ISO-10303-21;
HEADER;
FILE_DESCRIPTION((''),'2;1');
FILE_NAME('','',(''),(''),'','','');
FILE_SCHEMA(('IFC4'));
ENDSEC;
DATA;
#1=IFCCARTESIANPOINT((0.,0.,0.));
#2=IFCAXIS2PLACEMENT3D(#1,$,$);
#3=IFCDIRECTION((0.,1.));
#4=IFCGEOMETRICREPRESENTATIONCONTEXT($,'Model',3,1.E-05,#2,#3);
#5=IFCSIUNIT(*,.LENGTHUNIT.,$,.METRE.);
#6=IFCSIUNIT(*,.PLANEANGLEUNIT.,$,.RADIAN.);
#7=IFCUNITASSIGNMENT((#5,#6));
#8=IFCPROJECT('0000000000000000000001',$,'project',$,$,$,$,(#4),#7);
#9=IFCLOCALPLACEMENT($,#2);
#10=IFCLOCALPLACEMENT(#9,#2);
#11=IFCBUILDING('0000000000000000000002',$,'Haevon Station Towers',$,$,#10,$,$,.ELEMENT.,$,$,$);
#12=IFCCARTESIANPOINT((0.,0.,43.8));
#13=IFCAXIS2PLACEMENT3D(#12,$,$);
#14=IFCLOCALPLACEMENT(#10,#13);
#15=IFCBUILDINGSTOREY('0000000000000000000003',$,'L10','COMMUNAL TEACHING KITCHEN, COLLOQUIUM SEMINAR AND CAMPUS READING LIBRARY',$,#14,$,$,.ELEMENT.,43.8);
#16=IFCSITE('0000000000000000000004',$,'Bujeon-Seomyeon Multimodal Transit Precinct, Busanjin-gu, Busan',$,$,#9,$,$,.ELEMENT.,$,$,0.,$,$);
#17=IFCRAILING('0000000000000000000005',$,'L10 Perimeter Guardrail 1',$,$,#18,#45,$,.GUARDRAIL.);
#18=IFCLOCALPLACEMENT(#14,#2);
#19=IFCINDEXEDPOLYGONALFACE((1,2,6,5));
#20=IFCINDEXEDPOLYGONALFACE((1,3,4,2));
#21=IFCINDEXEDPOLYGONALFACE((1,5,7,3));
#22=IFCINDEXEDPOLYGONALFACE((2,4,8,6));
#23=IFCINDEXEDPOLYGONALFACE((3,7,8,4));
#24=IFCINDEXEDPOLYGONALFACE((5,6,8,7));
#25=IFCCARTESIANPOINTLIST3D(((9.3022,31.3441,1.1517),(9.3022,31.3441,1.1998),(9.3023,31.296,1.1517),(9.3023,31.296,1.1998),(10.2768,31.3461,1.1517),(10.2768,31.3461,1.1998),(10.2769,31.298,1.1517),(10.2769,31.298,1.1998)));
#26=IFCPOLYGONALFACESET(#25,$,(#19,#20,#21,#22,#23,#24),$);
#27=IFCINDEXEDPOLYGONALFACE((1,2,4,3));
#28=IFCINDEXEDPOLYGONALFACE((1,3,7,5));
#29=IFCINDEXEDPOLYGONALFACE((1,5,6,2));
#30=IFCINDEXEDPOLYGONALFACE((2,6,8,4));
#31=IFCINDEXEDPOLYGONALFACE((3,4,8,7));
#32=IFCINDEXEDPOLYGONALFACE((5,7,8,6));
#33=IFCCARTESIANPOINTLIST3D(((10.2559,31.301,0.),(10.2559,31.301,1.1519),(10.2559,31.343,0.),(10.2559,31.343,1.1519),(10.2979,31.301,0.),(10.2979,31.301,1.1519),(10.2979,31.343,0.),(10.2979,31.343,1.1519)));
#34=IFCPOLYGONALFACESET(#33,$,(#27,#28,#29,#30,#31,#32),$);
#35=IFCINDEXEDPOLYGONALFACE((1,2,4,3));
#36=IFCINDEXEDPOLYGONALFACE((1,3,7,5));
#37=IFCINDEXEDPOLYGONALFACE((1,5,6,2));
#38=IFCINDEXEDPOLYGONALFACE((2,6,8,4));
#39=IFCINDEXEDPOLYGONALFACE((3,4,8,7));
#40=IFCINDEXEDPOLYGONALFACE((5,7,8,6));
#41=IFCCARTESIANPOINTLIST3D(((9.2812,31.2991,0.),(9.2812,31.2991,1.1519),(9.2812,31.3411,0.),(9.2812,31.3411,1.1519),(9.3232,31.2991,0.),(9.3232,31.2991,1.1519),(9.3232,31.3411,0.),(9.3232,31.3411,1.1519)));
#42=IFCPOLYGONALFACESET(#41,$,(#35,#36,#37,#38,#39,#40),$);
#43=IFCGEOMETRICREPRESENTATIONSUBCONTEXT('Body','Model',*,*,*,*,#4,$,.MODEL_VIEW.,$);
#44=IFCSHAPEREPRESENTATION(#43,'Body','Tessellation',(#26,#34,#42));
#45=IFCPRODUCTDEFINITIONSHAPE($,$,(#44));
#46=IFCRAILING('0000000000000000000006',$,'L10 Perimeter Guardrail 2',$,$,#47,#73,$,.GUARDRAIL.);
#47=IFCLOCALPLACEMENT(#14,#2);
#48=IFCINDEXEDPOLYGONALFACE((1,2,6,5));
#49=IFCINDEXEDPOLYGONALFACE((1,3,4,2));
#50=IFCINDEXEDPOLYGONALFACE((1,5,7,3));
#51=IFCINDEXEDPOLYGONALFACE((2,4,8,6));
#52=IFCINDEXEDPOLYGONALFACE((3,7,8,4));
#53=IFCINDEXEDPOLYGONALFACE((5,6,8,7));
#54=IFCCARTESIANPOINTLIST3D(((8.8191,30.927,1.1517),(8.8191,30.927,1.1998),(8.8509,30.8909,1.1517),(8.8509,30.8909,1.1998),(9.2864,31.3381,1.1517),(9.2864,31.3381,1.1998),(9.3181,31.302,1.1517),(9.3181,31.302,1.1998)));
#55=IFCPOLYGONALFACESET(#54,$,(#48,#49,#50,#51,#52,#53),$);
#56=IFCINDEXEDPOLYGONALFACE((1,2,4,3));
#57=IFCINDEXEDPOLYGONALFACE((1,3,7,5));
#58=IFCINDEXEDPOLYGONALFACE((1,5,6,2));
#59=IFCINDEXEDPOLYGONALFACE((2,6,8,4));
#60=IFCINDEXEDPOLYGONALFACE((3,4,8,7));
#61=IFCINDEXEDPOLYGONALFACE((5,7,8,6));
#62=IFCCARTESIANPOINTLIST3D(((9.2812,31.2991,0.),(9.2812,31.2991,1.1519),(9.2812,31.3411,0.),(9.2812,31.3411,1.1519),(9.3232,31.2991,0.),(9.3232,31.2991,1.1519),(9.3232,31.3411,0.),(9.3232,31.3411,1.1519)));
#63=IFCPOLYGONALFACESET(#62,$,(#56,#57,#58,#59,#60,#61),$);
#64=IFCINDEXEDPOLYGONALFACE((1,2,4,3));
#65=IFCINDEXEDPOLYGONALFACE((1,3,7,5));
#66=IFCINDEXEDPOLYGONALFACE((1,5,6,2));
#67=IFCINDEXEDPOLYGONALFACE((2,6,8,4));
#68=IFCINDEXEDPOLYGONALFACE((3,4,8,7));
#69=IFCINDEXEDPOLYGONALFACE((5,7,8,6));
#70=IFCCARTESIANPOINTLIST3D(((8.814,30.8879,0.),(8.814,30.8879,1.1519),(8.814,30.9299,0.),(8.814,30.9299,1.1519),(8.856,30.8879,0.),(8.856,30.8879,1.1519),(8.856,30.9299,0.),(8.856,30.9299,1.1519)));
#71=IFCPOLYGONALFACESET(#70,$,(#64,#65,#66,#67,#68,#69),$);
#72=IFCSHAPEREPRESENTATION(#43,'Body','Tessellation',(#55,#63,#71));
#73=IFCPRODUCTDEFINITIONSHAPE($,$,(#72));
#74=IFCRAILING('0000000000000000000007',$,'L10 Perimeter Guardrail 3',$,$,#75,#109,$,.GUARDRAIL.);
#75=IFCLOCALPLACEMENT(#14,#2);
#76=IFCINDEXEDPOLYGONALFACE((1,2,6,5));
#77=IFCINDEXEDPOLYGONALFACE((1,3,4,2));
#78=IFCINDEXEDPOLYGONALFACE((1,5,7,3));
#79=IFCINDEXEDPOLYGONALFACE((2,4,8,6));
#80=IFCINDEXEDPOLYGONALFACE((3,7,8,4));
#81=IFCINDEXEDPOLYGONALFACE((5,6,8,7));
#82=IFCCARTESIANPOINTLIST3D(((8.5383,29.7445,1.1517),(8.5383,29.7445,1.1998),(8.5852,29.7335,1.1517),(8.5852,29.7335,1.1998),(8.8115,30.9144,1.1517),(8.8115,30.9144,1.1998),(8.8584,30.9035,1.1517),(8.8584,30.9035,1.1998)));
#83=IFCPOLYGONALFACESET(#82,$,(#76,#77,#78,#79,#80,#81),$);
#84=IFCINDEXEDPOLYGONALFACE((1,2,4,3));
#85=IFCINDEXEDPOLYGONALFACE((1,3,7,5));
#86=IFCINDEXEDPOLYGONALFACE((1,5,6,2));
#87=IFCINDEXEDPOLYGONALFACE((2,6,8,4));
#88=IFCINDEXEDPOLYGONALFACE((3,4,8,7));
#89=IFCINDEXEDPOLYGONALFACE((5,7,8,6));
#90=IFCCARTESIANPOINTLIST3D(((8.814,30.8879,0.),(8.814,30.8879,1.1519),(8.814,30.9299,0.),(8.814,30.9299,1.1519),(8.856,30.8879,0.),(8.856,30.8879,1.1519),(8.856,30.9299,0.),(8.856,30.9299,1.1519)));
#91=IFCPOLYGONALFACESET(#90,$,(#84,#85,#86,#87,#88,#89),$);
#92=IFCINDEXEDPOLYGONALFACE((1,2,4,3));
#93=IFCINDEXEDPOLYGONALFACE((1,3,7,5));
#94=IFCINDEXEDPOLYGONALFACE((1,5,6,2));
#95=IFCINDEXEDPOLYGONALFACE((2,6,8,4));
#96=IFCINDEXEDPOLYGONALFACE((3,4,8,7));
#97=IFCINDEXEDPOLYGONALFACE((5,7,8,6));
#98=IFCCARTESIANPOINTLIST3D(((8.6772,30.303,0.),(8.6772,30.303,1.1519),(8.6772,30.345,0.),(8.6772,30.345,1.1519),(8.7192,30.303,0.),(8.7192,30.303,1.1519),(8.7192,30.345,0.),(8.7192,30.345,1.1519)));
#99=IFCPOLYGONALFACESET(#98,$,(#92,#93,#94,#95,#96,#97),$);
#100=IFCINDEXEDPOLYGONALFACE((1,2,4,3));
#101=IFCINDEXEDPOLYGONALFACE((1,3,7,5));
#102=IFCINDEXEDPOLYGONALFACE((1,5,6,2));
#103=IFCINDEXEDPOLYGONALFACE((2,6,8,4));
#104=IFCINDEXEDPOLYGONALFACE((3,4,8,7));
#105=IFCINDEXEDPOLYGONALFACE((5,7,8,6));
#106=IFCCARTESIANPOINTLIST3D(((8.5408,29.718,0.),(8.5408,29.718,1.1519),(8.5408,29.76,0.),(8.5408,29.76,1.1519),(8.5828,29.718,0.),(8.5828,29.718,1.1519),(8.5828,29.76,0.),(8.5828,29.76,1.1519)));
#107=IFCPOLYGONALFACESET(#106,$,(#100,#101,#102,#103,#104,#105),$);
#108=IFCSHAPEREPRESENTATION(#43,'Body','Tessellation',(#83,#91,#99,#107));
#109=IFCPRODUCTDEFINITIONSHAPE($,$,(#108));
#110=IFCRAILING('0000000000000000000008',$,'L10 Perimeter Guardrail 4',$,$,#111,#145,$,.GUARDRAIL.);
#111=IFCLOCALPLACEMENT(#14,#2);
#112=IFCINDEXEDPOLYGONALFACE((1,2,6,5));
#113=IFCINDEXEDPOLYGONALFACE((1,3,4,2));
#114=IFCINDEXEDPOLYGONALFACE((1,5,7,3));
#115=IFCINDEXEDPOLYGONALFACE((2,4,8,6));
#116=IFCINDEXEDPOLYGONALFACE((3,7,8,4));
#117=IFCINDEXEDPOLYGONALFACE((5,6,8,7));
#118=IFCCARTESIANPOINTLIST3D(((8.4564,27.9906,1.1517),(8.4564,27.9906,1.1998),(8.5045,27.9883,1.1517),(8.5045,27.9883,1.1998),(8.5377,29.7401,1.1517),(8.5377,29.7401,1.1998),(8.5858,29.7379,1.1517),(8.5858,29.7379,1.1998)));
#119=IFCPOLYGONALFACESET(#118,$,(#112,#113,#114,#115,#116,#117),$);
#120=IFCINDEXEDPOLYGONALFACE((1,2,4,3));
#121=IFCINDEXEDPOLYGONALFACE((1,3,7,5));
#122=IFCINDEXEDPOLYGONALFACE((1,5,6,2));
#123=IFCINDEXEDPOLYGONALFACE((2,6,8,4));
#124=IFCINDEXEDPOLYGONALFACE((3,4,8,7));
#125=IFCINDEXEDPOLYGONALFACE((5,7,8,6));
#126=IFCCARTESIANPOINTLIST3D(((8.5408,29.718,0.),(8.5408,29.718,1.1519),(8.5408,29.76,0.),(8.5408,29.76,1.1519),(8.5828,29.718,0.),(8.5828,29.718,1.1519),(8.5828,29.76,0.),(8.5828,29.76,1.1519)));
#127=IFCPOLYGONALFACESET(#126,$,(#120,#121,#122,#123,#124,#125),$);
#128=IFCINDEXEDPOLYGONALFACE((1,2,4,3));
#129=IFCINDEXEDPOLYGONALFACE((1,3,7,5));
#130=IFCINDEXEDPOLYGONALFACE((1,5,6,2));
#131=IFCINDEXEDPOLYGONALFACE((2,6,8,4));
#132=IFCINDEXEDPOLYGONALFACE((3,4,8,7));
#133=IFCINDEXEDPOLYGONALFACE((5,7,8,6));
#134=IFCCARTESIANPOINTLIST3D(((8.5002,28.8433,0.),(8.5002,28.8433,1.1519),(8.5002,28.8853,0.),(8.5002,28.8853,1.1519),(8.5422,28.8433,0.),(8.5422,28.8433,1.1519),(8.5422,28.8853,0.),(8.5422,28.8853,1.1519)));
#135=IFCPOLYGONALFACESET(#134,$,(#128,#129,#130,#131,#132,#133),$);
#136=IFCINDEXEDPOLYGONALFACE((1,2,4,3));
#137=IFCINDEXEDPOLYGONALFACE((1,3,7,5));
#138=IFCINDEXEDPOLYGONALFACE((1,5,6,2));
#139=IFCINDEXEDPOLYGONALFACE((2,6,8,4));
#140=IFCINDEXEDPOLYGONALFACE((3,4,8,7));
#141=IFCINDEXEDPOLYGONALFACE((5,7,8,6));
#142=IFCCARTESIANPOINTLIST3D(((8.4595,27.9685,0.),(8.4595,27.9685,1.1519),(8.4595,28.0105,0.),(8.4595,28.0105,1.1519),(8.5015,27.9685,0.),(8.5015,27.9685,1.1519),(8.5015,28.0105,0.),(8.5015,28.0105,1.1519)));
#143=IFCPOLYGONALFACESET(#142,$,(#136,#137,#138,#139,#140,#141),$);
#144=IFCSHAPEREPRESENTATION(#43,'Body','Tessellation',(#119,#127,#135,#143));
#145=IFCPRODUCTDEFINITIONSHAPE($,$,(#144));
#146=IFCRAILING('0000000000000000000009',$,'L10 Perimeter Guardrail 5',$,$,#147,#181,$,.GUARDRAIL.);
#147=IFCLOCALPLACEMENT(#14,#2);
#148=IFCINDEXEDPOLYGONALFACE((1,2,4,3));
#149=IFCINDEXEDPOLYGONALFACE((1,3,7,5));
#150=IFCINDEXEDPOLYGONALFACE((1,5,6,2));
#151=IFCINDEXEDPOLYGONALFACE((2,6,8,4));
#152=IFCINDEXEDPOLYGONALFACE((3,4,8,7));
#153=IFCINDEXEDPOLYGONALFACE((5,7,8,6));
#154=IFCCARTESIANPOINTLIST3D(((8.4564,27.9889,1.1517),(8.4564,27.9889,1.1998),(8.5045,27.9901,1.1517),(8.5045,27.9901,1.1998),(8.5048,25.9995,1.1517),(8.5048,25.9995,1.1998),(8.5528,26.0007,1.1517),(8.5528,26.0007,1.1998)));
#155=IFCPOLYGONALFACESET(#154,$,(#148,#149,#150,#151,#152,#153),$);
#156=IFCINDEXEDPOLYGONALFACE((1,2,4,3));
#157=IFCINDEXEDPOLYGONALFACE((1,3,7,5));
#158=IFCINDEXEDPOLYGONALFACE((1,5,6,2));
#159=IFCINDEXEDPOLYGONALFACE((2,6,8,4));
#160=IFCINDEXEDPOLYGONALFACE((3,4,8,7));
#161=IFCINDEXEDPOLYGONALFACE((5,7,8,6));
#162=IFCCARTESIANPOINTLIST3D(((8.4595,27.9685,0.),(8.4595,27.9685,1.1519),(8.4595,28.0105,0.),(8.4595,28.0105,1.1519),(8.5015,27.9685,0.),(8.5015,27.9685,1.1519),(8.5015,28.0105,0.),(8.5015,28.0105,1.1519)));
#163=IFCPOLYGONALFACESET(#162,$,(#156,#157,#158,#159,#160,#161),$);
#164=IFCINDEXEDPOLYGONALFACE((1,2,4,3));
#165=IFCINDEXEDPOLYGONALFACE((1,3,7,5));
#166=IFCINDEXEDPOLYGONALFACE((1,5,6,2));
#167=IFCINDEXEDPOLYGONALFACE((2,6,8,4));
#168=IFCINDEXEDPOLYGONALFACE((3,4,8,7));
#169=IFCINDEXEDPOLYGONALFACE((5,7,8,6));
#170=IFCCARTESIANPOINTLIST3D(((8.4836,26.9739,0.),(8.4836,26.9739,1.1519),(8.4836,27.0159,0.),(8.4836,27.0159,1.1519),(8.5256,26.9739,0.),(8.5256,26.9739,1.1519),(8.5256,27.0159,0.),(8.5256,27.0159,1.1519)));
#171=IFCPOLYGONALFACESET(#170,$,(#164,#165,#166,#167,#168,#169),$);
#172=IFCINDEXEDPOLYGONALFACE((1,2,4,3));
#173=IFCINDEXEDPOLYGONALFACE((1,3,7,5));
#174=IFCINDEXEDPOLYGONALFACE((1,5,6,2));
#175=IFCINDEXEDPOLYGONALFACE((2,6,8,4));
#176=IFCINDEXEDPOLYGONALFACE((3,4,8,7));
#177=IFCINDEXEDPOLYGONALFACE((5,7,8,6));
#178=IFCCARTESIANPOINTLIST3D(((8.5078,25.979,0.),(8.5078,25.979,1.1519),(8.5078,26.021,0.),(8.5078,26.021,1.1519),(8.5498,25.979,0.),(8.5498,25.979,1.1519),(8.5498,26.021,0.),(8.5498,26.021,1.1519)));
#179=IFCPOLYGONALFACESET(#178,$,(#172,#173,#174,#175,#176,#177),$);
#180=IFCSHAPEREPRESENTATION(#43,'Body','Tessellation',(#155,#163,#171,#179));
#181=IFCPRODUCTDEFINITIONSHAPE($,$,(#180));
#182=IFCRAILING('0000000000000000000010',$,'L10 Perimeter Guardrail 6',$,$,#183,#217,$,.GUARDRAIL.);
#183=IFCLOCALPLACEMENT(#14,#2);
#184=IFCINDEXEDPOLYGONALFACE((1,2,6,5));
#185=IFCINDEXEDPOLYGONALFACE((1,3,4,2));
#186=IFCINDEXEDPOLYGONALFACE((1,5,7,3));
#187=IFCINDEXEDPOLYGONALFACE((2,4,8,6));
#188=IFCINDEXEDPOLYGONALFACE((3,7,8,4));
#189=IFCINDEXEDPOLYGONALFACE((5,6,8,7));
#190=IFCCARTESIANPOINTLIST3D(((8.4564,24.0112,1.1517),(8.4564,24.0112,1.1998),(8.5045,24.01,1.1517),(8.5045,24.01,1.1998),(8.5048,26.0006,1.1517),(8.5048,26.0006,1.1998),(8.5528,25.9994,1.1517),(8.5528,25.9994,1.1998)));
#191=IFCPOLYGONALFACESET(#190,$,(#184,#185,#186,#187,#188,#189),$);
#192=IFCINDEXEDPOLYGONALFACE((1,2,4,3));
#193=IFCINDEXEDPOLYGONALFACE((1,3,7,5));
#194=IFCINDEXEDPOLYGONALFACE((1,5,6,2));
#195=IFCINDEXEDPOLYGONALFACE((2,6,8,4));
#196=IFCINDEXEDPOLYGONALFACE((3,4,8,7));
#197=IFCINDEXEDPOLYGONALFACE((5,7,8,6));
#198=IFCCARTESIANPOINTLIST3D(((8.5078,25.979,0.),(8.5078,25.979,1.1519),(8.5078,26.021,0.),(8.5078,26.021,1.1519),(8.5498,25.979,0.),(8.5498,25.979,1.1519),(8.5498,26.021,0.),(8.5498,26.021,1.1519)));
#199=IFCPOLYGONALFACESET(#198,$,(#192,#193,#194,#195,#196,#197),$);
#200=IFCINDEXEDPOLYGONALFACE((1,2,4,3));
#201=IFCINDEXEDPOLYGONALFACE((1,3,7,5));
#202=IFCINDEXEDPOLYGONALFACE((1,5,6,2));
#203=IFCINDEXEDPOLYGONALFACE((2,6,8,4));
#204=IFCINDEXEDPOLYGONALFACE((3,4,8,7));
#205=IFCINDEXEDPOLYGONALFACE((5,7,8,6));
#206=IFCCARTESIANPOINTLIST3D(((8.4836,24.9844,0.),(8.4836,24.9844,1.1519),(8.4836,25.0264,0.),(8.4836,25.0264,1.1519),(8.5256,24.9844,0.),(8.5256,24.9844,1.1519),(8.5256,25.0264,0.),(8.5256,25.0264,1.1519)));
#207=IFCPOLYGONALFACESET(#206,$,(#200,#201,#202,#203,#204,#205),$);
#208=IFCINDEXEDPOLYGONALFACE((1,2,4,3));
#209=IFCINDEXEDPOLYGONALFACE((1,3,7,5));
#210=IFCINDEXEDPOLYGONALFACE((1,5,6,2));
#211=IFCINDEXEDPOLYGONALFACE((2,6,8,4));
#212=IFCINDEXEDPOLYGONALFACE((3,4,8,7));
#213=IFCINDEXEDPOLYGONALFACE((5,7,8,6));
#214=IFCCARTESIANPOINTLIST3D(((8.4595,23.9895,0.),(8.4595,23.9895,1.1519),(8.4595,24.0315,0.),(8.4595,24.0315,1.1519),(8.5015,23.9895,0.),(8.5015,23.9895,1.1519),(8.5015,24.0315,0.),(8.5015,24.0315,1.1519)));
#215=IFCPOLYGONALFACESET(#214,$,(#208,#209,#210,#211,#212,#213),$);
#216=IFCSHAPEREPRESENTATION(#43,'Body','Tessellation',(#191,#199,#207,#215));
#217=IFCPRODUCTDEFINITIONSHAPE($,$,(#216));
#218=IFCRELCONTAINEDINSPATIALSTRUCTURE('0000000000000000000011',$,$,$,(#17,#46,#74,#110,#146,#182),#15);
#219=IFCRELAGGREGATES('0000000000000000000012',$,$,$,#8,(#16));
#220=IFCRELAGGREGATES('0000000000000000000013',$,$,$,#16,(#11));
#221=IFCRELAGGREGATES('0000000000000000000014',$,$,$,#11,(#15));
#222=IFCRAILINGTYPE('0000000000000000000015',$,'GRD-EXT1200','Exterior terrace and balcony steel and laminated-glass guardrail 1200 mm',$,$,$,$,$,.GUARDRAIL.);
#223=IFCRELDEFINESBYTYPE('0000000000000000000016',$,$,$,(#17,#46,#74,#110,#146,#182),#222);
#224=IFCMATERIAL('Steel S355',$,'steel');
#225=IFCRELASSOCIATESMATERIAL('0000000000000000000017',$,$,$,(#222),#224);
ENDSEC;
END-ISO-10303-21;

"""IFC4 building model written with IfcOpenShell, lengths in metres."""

from ifc_helpers import new_model, si_unit, direction, frame, origin, origin_2d, place, context, subcontext, project, spatial, rectangle, extrude, material, type_object, element, save


model = new_model("IFC4")

# Units and contexts
model_context = context("Model", 3, precision=1e-05, world=origin(), true_north=direction((0.0, 1.0)))
body_context = subcontext(model_context, "Body", "Model", "MODEL_VIEW")
ifc_project = project(units=[si_unit("LENGTHUNIT", "METRE"), si_unit("PLANEANGLEUNIT", "RADIAN")], contexts=[model_context])

# Site, building, storey
site_placement = place(None, origin())
site = spatial("IfcSite", under=ifc_project, at=site_placement, Name="Bujeon-Seomyeon Multimodal Transit Precinct, Busanjin-gu, Busan", CompositionType="ELEMENT", RefElevation=0.0)
building_placement = place(site_placement, origin())
building = spatial("IfcBuilding", under=site, at=building_placement, Name="Haevon Station Towers", CompositionType="ELEMENT")
storey_placement = place(building_placement, frame((0.0, 0.0, 43.8)))
storey = spatial("IfcBuildingStorey", under=building, at=storey_placement, Name="L10", Description="COMMUNAL TEACHING KITCHEN, COLLOQUIUM SEMINAR AND CAMPUS READING LIBRARY", CompositionType="ELEMENT", Elevation=43.8)

# Shared definitions
ifc_material_1 = material(Name="Steel S355", Category="steel")

# Railings
railing_type = type_object("IfcRailingType", Name="GRD-EXT1200", Description="Exterior terrace and balcony steel and laminated-glass guardrail 1200 mm", PredefinedType="GUARDRAIL", material=ifc_material_1)
railing_1_placement = place(storey_placement, frame((10.2769, 31.322, 0.0)))
element("IfcRailing", 1, at=railing_1_placement, inside=storey, type_object=railing_type, Name="L10 Perimeter Guardrail 1", PredefinedType="GUARDRAIL", context=body_context, shape_type="SweptSolid", body=[
    extrude(rectangle(XDim=0.0481, YDim=0.0481, at=origin_2d()), frame((0.0, 0.0, 1.1758), z_axis=(-0.999998, -0.002004, 0.0), x_axis=(0.002004, -0.999998, 0.0)), (0.0, 0.0, 1.0), 0.9746),
    extrude(rectangle(XDim=0.042, YDim=0.042, at=origin_2d()), origin(), (0.0, 0.0, 1.0), 1.1519),
    extrude(rectangle(XDim=0.042, YDim=0.042, at=origin_2d()), frame((-0.9746, -0.002, 0.0)), (0.0, 0.0, 1.0), 1.1519),
])
railing_2_placement = place(storey_placement, frame((9.3022, 31.3201, 0.0)))
element("IfcRailing", 2, at=railing_2_placement, inside=storey, type_object=railing_type, Name="L10 Perimeter Guardrail 2", PredefinedType="GUARDRAIL", context=body_context, shape_type="SweptSolid", body=[
    extrude(rectangle(XDim=0.0481, YDim=0.0481, at=origin_2d()), frame((0.0, 0.0, 1.1758), z_axis=(-0.750776, -0.660557, 0.0), x_axis=(0.660557, -0.750776, 0.0)), (0.0, 0.0, 1.0), 0.6223),
    extrude(rectangle(XDim=0.042, YDim=0.042, at=origin_2d()), origin(), (0.0, 0.0, 1.0), 1.1519),
    extrude(rectangle(XDim=0.042, YDim=0.042, at=origin_2d()), frame((-0.4673, -0.4111, 0.0)), (0.0, 0.0, 1.0), 1.1519),
])
railing_3_placement = place(storey_placement, frame((8.835, 30.9089, 0.0)))
element("IfcRailing", 3, at=railing_3_placement, inside=storey, type_object=railing_type, Name="L10 Perimeter Guardrail 3", PredefinedType="GUARDRAIL", context=body_context, shape_type="SweptSolid", body=[
    extrude(rectangle(XDim=0.0481, YDim=0.0481, at=origin_2d()), frame((0.0, 0.0, 1.1758), z_axis=(-0.227397, -0.973802, 0.0), x_axis=(0.973802, -0.227397, 0.0)), (0.0, 0.0, 1.0), 1.2014),
    extrude(rectangle(XDim=0.042, YDim=0.042, at=origin_2d()), origin(), (0.0, 0.0, 1.0), 1.1519),
    extrude(rectangle(XDim=0.042, YDim=0.042, at=origin_2d()), frame((-0.1367, -0.585, 0.0)), (0.0, 0.0, 1.0), 1.1519),
    extrude(rectangle(XDim=0.042, YDim=0.042, at=origin_2d()), frame((-0.2732, -1.1699, 0.0)), (0.0, 0.0, 1.0), 1.1519),
])
railing_4_placement = place(storey_placement, frame((8.5618, 29.739, 0.0)))
element("IfcRailing", 4, at=railing_4_placement, inside=storey, type_object=railing_type, Name="L10 Perimeter Guardrail 4", PredefinedType="GUARDRAIL", context=body_context, shape_type="SweptSolid", body=[
    extrude(rectangle(XDim=0.0481, YDim=0.0481, at=origin_2d()), frame((0.0, 0.0, 1.1758), z_axis=(-0.046419, -0.998922, 0.0), x_axis=(0.998922, -0.046419, 0.0)), (0.0, 0.0, 1.0), 1.7515),
    extrude(rectangle(XDim=0.042, YDim=0.042, at=origin_2d()), origin(), (0.0, 0.0, 1.0), 1.1519),
    extrude(rectangle(XDim=0.042, YDim=0.042, at=origin_2d()), frame((-0.0405, -0.8748, 0.0)), (0.0, 0.0, 1.0), 1.1519),
    extrude(rectangle(XDim=0.042, YDim=0.042, at=origin_2d()), frame((-0.0813, -1.7495, 0.0)), (0.0, 0.0, 1.0), 1.1519),
])
railing_5_placement = place(storey_placement, frame((8.4805, 27.9895, 0.0)))
element("IfcRailing", 5, at=railing_5_placement, inside=storey, type_object=railing_type, Name="L10 Perimeter Guardrail 5", PredefinedType="GUARDRAIL", context=body_context, shape_type="SweptSolid", body=[
    extrude(rectangle(XDim=0.0481, YDim=0.0481, at=origin_2d()), frame((0.0, 0.0, 1.1758), z_axis=(0.02429, -0.999705, 0.0), x_axis=(0.999705, 0.02429, 0.0)), (0.0, 0.0, 1.0), 1.99),
    extrude(rectangle(XDim=0.042, YDim=0.042, at=origin_2d()), origin(), (0.0, 0.0, 1.0), 1.1519),
    extrude(rectangle(XDim=0.042, YDim=0.042, at=origin_2d()), frame((0.0242, -0.9946, 0.0)), (0.0, 0.0, 1.0), 1.1519),
    extrude(rectangle(XDim=0.042, YDim=0.042, at=origin_2d()), frame((0.0483, -1.9895, 0.0)), (0.0, 0.0, 1.0), 1.1519),
])
railing_6_placement = place(storey_placement, frame((8.5288, 26.0, 0.0)))
element("IfcRailing", 6, at=railing_6_placement, inside=storey, type_object=railing_type, Name="L10 Perimeter Guardrail 6", PredefinedType="GUARDRAIL", context=body_context, shape_type="SweptSolid", body=[
    extrude(rectangle(XDim=0.0481, YDim=0.0481, at=origin_2d()), frame((0.0, 0.0, 1.1758), z_axis=(-0.02429, -0.999705, 0.0), x_axis=(0.999705, -0.02429, 0.0)), (0.0, 0.0, 1.0), 1.99),
    extrude(rectangle(XDim=0.042, YDim=0.042, at=origin_2d()), origin(), (0.0, 0.0, 1.0), 1.1519),
    extrude(rectangle(XDim=0.042, YDim=0.042, at=origin_2d()), frame((-0.0242, -0.9946, 0.0)), (0.0, 0.0, 1.0), 1.1519),
    extrude(rectangle(XDim=0.042, YDim=0.042, at=origin_2d()), frame((-0.0483, -1.9895, 0.0)), (0.0, 0.0, 1.0), 1.1519),
])

save(model, "model.ifc")
